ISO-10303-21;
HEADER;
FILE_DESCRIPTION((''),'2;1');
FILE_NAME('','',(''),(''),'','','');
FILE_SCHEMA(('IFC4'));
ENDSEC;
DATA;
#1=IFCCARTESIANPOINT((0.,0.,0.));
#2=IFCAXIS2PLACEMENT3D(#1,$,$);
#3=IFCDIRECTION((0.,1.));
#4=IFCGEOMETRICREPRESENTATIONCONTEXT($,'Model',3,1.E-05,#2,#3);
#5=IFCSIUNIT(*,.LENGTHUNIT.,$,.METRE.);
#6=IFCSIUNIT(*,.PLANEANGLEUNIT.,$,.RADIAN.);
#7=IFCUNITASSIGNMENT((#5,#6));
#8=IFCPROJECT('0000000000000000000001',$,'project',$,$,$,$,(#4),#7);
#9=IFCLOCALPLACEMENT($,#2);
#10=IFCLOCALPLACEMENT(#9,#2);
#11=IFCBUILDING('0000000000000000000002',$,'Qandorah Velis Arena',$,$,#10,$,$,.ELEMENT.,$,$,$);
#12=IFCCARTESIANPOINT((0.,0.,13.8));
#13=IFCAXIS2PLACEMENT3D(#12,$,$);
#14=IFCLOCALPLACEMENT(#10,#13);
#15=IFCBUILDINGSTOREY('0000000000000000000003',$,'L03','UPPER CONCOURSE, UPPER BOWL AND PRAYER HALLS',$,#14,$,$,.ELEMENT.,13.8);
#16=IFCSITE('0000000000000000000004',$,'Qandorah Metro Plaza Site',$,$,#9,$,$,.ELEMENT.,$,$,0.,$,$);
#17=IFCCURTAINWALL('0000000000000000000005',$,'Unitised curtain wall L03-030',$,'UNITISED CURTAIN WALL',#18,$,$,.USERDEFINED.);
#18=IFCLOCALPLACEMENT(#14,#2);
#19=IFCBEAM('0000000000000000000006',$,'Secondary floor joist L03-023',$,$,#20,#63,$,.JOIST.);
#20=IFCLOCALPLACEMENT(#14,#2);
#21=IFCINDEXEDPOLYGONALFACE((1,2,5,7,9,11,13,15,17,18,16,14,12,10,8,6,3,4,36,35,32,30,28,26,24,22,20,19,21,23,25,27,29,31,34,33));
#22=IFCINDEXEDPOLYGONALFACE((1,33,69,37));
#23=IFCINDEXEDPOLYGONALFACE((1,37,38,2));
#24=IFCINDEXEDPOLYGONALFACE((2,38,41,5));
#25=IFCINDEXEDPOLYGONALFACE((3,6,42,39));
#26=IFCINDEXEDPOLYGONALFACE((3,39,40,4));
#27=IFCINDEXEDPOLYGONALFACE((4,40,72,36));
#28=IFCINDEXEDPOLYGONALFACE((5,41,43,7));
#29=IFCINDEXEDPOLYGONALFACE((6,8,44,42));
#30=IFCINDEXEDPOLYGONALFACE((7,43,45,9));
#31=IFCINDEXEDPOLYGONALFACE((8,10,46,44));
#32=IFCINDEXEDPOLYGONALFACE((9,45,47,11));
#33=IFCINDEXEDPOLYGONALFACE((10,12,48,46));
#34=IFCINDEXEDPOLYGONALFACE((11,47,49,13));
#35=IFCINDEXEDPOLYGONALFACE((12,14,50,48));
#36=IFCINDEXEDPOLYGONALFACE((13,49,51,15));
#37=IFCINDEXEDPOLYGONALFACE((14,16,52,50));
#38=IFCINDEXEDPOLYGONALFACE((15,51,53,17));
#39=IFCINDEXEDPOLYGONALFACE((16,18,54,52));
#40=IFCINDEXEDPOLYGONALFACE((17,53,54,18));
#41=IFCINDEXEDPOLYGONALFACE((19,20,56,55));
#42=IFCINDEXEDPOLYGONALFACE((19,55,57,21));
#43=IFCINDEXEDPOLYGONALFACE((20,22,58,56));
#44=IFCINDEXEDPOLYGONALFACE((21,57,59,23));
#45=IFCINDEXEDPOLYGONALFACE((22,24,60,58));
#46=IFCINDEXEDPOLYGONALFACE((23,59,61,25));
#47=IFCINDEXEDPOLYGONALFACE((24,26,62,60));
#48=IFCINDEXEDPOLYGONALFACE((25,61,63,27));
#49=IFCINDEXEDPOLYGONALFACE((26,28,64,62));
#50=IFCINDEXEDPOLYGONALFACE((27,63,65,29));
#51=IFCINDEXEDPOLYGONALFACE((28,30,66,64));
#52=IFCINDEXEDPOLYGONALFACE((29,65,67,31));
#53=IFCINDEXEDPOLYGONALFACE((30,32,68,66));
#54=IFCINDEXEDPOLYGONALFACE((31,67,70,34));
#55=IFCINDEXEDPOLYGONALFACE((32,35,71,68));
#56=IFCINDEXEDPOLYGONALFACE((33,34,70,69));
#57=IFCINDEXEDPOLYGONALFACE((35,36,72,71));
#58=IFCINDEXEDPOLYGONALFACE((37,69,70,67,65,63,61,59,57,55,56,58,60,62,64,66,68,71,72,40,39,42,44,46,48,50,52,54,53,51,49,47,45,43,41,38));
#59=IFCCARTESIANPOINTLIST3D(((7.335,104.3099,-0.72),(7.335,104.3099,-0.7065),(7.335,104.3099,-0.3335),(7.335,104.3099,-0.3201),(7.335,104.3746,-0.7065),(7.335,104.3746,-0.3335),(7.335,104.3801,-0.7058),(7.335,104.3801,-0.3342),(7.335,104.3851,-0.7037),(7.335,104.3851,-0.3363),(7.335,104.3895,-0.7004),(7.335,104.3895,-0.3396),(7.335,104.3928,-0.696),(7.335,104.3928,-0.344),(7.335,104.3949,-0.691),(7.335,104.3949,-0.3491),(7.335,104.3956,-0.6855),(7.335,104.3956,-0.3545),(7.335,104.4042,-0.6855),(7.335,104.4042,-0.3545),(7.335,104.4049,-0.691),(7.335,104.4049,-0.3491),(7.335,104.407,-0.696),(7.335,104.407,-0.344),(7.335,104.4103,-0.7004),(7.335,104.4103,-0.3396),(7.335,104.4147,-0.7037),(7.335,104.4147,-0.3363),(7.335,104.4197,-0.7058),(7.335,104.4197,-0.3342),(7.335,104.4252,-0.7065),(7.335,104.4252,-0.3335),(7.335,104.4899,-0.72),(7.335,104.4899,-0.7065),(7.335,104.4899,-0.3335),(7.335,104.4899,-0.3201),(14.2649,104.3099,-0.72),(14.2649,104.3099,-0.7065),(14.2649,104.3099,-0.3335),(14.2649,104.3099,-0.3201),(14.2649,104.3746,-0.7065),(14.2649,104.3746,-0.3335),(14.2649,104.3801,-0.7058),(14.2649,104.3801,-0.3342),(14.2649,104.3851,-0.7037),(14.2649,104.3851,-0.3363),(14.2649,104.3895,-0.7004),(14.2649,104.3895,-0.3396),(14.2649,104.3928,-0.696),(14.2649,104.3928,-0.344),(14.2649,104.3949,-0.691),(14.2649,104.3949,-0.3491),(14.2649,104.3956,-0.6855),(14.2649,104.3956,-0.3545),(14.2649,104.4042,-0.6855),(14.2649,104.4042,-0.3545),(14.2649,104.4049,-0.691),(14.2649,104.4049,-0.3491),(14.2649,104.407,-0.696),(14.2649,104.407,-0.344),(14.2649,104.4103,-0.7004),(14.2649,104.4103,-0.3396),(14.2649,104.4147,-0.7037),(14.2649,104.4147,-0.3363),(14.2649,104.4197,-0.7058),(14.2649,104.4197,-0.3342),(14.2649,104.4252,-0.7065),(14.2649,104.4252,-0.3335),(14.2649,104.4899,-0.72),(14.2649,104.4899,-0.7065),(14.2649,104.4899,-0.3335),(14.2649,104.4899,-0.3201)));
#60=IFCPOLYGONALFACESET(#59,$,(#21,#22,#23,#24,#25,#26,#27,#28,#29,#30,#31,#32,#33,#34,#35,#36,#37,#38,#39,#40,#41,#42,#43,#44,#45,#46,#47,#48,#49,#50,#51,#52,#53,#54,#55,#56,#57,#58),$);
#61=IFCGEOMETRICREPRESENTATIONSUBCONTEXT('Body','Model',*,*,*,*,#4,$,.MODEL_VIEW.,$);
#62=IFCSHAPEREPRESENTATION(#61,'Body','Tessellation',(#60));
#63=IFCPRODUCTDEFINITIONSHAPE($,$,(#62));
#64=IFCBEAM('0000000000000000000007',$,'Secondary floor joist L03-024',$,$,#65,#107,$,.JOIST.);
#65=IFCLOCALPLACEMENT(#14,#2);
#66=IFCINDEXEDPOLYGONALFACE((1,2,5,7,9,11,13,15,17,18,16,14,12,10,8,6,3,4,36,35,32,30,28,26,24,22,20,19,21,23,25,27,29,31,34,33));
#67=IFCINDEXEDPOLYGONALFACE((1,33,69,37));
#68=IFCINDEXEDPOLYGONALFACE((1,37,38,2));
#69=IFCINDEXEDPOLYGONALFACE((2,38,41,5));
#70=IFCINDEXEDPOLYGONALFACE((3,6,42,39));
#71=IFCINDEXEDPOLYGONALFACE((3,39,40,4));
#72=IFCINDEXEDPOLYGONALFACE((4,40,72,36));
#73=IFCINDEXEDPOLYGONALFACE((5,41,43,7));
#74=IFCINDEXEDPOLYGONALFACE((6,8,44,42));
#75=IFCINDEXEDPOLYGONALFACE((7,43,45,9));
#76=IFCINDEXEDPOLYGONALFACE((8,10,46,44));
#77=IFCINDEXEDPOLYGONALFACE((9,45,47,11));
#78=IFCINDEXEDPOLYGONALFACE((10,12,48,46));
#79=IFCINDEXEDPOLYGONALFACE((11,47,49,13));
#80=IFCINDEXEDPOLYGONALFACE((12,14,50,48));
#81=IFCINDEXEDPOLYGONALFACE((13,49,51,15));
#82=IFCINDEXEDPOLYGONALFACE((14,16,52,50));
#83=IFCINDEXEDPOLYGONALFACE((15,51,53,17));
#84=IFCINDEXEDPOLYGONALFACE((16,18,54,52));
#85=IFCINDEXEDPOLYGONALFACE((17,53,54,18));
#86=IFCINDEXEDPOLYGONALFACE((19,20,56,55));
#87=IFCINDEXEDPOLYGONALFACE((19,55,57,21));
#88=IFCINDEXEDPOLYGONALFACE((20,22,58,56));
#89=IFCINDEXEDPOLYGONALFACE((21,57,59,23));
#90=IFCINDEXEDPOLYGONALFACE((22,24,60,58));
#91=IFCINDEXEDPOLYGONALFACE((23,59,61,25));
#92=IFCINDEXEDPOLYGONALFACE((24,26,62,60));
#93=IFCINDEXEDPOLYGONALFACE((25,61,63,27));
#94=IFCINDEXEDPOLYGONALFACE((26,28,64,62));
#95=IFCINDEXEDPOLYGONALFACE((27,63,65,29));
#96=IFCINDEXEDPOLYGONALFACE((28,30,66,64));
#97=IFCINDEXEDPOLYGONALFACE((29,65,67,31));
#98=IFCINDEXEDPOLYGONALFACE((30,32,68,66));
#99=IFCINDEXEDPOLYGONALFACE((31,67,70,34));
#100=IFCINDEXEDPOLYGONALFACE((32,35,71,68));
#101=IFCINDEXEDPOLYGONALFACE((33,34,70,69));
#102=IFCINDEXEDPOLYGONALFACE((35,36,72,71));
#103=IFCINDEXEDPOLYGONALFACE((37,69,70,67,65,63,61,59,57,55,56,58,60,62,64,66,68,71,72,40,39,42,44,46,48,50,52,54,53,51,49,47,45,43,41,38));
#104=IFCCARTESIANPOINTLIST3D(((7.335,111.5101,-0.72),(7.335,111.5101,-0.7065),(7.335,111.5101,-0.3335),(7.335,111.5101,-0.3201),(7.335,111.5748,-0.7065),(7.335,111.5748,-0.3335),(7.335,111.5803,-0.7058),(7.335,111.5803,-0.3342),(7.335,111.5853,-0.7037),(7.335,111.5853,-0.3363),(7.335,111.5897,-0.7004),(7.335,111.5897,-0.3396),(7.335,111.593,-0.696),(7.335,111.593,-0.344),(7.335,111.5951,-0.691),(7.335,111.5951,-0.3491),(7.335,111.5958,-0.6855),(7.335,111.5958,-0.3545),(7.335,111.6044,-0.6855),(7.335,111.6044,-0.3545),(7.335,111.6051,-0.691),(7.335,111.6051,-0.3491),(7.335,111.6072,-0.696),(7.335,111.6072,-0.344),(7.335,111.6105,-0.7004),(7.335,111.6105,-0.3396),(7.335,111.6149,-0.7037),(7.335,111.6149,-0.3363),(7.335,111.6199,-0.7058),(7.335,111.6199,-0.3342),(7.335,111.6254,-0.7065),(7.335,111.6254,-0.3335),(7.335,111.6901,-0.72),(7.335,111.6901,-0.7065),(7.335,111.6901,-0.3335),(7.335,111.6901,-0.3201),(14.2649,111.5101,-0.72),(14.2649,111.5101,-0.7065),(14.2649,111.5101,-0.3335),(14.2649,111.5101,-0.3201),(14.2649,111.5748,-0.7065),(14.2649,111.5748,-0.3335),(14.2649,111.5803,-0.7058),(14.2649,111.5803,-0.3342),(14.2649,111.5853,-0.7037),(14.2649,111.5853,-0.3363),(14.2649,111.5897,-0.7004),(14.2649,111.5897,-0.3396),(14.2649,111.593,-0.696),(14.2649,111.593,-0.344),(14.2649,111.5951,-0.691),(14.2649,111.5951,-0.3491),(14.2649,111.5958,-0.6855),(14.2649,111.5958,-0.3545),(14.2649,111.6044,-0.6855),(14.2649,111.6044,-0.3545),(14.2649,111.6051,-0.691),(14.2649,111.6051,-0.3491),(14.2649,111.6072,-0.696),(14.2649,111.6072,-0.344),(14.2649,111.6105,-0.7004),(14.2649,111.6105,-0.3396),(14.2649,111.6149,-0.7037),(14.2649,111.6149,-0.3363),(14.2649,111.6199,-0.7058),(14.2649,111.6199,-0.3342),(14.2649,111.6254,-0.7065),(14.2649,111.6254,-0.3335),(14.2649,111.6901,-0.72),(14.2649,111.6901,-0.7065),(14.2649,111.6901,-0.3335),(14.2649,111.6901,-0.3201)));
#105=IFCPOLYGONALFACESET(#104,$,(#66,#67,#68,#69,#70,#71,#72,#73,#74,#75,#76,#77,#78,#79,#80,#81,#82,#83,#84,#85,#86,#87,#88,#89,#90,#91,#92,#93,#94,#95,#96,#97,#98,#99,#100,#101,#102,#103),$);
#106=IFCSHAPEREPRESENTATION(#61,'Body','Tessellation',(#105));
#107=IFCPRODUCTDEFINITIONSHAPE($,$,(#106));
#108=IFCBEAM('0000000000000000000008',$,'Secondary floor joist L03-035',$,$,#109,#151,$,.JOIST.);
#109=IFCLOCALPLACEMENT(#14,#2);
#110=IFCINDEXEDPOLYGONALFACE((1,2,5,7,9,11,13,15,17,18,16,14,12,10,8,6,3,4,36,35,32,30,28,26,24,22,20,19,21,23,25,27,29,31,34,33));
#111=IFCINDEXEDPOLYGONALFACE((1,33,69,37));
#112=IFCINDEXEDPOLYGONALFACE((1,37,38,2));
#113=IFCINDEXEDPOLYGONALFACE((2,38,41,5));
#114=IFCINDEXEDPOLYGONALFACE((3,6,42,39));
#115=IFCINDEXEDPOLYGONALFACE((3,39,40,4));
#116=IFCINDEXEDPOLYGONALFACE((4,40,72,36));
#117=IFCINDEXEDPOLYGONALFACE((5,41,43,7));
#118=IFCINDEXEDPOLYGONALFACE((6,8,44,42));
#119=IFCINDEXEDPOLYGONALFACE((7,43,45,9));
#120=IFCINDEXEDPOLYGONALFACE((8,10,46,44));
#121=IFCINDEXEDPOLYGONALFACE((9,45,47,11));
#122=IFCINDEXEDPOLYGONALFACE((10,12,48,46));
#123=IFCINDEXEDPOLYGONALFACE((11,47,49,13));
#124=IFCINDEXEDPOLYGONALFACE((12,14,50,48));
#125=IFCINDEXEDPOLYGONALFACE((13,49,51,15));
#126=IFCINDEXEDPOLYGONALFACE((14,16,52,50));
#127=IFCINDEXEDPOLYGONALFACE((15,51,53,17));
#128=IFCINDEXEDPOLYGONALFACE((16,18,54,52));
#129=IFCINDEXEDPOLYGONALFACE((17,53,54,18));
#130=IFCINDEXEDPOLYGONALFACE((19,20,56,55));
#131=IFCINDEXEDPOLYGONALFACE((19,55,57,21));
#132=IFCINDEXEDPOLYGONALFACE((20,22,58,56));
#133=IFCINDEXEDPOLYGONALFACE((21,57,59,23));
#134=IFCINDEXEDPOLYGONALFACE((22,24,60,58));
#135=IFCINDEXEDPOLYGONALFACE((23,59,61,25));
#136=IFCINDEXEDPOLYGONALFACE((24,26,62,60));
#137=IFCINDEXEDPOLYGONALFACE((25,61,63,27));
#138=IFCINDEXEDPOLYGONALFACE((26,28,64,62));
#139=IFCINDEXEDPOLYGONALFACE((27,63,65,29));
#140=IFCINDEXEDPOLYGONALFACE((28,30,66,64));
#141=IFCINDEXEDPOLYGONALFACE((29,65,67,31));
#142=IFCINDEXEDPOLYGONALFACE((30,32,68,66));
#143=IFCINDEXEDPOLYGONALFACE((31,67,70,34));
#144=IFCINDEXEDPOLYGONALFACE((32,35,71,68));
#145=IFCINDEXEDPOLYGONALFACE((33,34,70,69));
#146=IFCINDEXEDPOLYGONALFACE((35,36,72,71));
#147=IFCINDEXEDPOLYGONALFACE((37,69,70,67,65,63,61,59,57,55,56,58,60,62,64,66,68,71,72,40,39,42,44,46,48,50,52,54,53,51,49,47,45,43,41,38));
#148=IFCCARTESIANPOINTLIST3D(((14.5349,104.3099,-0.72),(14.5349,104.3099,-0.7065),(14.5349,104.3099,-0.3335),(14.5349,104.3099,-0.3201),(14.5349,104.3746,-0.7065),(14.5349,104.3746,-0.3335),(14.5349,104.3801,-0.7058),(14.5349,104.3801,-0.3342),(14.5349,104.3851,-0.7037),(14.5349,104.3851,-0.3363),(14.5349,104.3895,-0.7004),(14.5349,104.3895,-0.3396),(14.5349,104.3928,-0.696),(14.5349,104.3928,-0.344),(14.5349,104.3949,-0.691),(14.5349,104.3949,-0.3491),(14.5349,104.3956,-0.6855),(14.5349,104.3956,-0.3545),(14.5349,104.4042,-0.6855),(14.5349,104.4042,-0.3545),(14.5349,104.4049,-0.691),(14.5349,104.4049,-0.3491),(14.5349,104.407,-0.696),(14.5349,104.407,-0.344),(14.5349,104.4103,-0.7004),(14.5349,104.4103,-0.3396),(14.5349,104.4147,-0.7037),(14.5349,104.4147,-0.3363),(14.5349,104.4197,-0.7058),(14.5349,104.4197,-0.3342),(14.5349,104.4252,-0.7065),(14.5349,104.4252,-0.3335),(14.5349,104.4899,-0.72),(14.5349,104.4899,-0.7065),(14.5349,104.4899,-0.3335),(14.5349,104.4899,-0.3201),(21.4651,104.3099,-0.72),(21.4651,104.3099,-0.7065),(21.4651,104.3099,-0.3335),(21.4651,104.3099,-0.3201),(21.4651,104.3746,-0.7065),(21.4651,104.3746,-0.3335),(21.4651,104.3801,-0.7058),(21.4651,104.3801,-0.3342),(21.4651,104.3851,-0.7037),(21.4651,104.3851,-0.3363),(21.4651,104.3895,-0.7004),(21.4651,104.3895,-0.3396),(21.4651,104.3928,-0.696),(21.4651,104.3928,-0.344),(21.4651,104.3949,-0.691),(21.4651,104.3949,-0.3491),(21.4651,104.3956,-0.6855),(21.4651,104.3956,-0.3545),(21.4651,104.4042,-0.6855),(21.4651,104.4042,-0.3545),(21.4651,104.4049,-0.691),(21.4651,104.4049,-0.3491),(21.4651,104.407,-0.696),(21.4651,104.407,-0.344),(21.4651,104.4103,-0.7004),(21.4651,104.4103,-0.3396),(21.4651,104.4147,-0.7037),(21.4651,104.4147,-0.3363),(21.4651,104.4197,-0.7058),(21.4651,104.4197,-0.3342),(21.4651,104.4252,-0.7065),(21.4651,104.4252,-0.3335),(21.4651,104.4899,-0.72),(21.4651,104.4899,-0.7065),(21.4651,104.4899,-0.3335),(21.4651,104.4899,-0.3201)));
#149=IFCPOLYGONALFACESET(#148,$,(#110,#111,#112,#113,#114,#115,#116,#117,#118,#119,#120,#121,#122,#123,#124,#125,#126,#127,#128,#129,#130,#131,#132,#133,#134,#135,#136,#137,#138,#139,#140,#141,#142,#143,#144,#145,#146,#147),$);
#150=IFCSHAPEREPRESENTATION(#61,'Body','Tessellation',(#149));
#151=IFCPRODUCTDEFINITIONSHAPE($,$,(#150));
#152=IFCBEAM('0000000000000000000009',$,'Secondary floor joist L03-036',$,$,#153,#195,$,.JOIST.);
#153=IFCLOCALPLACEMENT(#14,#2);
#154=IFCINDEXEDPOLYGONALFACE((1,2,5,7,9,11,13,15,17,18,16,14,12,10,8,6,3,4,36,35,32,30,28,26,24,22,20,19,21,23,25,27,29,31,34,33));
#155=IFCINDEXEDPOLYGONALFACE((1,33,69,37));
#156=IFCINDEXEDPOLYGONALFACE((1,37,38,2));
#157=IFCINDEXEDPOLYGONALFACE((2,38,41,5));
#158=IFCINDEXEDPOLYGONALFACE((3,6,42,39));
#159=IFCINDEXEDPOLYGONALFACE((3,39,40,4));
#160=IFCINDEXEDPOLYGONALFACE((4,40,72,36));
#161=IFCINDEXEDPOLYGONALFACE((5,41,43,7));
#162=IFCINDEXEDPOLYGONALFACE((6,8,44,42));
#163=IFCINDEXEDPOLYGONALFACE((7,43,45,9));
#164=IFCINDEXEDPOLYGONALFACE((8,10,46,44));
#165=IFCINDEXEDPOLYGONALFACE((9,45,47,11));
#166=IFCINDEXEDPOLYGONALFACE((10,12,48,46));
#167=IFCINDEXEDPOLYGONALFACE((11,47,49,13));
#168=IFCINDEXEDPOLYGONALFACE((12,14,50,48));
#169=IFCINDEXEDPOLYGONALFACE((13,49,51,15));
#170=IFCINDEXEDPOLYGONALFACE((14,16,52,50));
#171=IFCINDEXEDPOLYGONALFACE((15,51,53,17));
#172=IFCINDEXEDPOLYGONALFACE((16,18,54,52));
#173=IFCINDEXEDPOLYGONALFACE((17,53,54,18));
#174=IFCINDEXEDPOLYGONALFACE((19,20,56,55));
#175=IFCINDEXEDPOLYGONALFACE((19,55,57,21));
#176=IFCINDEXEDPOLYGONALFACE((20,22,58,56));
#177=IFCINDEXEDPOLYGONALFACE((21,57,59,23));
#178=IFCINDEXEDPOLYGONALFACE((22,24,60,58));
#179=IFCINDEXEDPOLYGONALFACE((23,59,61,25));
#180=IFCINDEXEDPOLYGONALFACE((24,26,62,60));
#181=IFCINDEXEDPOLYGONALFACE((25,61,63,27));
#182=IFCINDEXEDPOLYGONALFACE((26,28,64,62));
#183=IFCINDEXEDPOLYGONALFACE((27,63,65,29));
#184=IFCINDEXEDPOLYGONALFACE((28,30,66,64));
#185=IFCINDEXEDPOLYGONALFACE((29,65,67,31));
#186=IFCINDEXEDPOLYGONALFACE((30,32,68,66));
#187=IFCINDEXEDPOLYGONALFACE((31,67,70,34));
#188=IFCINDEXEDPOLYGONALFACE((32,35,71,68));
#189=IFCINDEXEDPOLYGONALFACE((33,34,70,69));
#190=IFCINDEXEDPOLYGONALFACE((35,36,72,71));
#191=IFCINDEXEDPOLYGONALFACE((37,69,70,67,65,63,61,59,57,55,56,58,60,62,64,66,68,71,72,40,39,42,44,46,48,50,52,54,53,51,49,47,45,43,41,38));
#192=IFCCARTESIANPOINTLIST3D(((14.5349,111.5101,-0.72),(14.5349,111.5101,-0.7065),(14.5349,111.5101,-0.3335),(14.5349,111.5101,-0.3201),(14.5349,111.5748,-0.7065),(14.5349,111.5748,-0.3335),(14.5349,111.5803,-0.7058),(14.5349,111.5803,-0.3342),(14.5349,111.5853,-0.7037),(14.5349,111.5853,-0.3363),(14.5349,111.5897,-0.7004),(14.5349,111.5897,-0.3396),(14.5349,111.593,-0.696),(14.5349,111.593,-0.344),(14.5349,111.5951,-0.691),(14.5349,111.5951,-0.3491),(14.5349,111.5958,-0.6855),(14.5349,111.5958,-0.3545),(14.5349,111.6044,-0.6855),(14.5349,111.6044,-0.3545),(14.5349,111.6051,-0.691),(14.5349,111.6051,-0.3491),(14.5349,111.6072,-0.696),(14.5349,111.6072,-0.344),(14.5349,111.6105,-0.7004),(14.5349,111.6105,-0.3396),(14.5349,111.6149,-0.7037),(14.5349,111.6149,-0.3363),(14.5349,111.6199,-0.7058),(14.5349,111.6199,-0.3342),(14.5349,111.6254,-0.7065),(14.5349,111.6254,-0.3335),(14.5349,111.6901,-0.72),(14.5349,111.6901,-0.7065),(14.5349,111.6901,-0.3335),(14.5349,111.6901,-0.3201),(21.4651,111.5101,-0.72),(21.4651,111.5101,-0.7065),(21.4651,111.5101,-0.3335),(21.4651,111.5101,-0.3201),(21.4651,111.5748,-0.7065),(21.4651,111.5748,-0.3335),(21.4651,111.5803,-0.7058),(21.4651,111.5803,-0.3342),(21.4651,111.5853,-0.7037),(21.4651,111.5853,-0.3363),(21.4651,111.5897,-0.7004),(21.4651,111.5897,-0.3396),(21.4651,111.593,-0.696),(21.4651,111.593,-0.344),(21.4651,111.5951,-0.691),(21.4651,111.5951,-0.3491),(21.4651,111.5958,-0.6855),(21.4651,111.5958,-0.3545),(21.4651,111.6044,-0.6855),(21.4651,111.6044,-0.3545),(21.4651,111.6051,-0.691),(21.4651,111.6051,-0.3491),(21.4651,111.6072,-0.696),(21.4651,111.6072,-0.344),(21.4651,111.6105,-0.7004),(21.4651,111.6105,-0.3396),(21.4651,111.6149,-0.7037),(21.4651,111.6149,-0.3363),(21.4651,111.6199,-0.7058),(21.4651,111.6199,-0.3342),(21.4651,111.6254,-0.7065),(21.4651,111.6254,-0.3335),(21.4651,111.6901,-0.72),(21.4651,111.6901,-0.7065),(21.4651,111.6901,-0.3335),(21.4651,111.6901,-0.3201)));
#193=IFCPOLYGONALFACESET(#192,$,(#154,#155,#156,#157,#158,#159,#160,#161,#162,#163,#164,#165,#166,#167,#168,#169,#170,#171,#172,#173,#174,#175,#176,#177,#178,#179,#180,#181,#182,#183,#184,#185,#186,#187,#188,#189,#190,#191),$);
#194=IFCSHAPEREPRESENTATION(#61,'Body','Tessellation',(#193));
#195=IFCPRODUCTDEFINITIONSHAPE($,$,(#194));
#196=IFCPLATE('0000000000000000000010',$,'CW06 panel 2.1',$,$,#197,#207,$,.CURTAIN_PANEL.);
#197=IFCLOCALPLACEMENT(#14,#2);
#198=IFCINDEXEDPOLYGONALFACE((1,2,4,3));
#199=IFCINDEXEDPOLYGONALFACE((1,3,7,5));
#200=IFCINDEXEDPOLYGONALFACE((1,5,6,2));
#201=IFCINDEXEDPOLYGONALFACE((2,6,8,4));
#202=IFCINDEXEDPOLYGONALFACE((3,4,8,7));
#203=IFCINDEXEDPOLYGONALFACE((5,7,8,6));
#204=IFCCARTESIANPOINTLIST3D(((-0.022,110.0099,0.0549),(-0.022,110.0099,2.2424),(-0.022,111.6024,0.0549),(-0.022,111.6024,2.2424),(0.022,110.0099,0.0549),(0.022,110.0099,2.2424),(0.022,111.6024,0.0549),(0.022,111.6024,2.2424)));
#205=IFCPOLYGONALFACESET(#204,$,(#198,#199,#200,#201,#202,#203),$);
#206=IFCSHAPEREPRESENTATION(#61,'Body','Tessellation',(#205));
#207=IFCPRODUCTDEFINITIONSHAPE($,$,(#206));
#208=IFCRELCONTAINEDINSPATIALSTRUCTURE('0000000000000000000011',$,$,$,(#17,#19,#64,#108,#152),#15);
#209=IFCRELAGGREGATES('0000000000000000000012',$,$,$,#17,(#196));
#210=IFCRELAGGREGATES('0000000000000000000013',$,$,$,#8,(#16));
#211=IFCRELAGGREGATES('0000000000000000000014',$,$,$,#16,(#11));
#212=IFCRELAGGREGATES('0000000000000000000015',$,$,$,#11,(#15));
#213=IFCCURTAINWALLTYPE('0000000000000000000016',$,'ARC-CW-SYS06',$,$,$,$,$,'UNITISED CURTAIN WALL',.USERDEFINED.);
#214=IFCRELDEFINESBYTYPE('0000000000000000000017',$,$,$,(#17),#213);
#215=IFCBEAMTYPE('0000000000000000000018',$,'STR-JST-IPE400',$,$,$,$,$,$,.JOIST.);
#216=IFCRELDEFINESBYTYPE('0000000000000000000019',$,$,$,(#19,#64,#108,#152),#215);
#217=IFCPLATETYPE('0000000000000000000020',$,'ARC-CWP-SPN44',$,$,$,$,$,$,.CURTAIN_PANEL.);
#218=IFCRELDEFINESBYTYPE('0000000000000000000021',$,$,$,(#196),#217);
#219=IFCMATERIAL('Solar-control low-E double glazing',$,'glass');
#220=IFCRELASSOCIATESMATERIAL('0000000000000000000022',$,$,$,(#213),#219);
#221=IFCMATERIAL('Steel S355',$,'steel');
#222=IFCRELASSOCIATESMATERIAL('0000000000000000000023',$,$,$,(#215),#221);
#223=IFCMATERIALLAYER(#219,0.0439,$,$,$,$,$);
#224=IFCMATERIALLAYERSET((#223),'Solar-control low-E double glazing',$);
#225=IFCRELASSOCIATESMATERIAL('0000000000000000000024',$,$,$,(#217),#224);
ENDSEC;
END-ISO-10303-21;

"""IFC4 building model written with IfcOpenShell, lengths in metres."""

from ifc_helpers import new_model, si_unit, direction, frame, origin, origin_2d, place, context, subcontext, project, spatial, rectangle, i_section, extrude, material, layer, layer_set, material_profile, profile_set, type_object, element, aggregate, save


model = new_model("IFC4")

# Units and contexts
model_context = context("Model", 3, precision=1e-05, world=origin(), true_north=direction((0.0, 1.0)))
body_context = subcontext(model_context, "Body", "Model", "MODEL_VIEW")
ifc_project = project(units=[si_unit("LENGTHUNIT", "METRE"), si_unit("PLANEANGLEUNIT", "RADIAN")], contexts=[model_context])

# Site, building, storey
site_placement = place(None, origin())
site = spatial("IfcSite", under=ifc_project, at=site_placement, Name="Qandorah Metro Plaza Site", CompositionType="ELEMENT", RefElevation=0.0)
building_placement = place(site_placement, origin())
building = spatial("IfcBuilding", under=site, at=building_placement, Name="Qandorah Velis Arena", CompositionType="ELEMENT")
storey_placement = place(building_placement, frame((0.0, 0.0, 13.8)))
storey = spatial("IfcBuildingStorey", under=building, at=storey_placement, Name="L03", Description="UPPER CONCOURSE, UPPER BOWL AND PRAYER HALLS", CompositionType="ELEMENT", Elevation=13.8)

# Curtain wall
ifc_material_1 = material(Name="Solar-control low-E double glazing", Category="glass")
curtain_wall_type = type_object("IfcCurtainWallType", Name="ARC-CW-SYS06", ElementType="UNITISED CURTAIN WALL", PredefinedType="USERDEFINED", material=ifc_material_1)
curtain_wall_placement = place(storey_placement, origin())
curtain_wall = element("IfcCurtainWall", 1, at=curtain_wall_placement, inside=storey, type_object=curtain_wall_type, Name="Unitised curtain wall L03-030", ObjectType="UNITISED CURTAIN WALL", PredefinedType="USERDEFINED")

# Beams
ifc_material_2 = material(Name="Steel S355", Category="steel")
ifc_material_profile_1 = material_profile(ifc_material_2, i_section(OverallWidth=0.1799, OverallDepth=0.3999, WebThickness=0.0085, FlangeThickness=0.0134, FilletRadius=0.021, at=origin_2d()), Name="IPE 400")
ifc_profile_set_1 = profile_set([ifc_material_profile_1], Name="Steel S355")
beam_type_1 = type_object("IfcBeamType", Name="STR-JST-IPE400", PredefinedType="JOIST", material=ifc_profile_set_1)
for number, where, z_axis, x_axis, name in (
    (2, (7.335, 104.3999, -0.52), (1.0, 0.0, 0.0), (0.0, 1.0, 0.0), "Secondary floor joist L03-023"),
    (3, (7.335, 111.6001, -0.52), (1.0, 0.0, 0.0), (0.0, 1.0, 0.0), "Secondary floor joist L03-024"),
):
    element("IfcBeam", number, at=place(storey_placement, frame(where, z_axis=z_axis, x_axis=x_axis)), inside=storey, type_object=beam_type_1, Name=name, PredefinedType="JOIST", context=body_context, shape_type="SweptSolid", body=[
        extrude(i_section(OverallWidth=0.1799, OverallDepth=0.3999, WebThickness=0.0085, FlangeThickness=0.0134, FilletRadius=0.021, at=origin_2d()), origin(), (0.0, 0.0, 1.0), 6.9299),
    ])
for number, where, z_axis, x_axis, name in (
    (4, (14.5349, 104.3999, -0.52), (1.0, 0.0, 0.0), (0.0, 1.0, 0.0), "Secondary floor joist L03-035"),
    (5, (14.5349, 111.6001, -0.52), (1.0, 0.0, 0.0), (0.0, 1.0, 0.0), "Secondary floor joist L03-036"),
):
    element("IfcBeam", number, at=place(storey_placement, frame(where, z_axis=z_axis, x_axis=x_axis)), inside=storey, type_object=beam_type_1, Name=name, PredefinedType="JOIST", context=body_context, shape_type="SweptSolid", body=[
        extrude(i_section(OverallWidth=0.1799, OverallDepth=0.3999, WebThickness=0.0085, FlangeThickness=0.0134, FilletRadius=0.021, at=origin_2d()), origin(), (0.0, 0.0, 1.0), 6.9302),
    ])

# Plate
ifc_layer = layer(ifc_material_1, 0.0439)
ifc_layer_set = layer_set([ifc_layer], Name="Solar-control low-E double glazing")
plate_type = type_object("IfcPlateType", Name="ARC-CWP-SPN44", PredefinedType="CURTAIN_PANEL", material=ifc_layer_set)
plate_1_placement = place(storey_placement, frame((0.0, 110.8062, 0.0549), z_axis=(0.0, 0.0, 1.0), x_axis=(0.0, 1.0, 0.0)))
plate_1 = element("IfcPlate", 6, at=plate_1_placement, type_object=plate_type, Name="CW06 panel 2.1", PredefinedType="CURTAIN_PANEL", context=body_context, shape_type="SweptSolid", body=[
    extrude(rectangle(XDim=1.5925, YDim=0.0439, at=origin_2d()), origin(), (0.0, 0.0, 1.0), 2.1875),
])
aggregate(curtain_wall, [plate_1])

save(model, "model.ifc")
